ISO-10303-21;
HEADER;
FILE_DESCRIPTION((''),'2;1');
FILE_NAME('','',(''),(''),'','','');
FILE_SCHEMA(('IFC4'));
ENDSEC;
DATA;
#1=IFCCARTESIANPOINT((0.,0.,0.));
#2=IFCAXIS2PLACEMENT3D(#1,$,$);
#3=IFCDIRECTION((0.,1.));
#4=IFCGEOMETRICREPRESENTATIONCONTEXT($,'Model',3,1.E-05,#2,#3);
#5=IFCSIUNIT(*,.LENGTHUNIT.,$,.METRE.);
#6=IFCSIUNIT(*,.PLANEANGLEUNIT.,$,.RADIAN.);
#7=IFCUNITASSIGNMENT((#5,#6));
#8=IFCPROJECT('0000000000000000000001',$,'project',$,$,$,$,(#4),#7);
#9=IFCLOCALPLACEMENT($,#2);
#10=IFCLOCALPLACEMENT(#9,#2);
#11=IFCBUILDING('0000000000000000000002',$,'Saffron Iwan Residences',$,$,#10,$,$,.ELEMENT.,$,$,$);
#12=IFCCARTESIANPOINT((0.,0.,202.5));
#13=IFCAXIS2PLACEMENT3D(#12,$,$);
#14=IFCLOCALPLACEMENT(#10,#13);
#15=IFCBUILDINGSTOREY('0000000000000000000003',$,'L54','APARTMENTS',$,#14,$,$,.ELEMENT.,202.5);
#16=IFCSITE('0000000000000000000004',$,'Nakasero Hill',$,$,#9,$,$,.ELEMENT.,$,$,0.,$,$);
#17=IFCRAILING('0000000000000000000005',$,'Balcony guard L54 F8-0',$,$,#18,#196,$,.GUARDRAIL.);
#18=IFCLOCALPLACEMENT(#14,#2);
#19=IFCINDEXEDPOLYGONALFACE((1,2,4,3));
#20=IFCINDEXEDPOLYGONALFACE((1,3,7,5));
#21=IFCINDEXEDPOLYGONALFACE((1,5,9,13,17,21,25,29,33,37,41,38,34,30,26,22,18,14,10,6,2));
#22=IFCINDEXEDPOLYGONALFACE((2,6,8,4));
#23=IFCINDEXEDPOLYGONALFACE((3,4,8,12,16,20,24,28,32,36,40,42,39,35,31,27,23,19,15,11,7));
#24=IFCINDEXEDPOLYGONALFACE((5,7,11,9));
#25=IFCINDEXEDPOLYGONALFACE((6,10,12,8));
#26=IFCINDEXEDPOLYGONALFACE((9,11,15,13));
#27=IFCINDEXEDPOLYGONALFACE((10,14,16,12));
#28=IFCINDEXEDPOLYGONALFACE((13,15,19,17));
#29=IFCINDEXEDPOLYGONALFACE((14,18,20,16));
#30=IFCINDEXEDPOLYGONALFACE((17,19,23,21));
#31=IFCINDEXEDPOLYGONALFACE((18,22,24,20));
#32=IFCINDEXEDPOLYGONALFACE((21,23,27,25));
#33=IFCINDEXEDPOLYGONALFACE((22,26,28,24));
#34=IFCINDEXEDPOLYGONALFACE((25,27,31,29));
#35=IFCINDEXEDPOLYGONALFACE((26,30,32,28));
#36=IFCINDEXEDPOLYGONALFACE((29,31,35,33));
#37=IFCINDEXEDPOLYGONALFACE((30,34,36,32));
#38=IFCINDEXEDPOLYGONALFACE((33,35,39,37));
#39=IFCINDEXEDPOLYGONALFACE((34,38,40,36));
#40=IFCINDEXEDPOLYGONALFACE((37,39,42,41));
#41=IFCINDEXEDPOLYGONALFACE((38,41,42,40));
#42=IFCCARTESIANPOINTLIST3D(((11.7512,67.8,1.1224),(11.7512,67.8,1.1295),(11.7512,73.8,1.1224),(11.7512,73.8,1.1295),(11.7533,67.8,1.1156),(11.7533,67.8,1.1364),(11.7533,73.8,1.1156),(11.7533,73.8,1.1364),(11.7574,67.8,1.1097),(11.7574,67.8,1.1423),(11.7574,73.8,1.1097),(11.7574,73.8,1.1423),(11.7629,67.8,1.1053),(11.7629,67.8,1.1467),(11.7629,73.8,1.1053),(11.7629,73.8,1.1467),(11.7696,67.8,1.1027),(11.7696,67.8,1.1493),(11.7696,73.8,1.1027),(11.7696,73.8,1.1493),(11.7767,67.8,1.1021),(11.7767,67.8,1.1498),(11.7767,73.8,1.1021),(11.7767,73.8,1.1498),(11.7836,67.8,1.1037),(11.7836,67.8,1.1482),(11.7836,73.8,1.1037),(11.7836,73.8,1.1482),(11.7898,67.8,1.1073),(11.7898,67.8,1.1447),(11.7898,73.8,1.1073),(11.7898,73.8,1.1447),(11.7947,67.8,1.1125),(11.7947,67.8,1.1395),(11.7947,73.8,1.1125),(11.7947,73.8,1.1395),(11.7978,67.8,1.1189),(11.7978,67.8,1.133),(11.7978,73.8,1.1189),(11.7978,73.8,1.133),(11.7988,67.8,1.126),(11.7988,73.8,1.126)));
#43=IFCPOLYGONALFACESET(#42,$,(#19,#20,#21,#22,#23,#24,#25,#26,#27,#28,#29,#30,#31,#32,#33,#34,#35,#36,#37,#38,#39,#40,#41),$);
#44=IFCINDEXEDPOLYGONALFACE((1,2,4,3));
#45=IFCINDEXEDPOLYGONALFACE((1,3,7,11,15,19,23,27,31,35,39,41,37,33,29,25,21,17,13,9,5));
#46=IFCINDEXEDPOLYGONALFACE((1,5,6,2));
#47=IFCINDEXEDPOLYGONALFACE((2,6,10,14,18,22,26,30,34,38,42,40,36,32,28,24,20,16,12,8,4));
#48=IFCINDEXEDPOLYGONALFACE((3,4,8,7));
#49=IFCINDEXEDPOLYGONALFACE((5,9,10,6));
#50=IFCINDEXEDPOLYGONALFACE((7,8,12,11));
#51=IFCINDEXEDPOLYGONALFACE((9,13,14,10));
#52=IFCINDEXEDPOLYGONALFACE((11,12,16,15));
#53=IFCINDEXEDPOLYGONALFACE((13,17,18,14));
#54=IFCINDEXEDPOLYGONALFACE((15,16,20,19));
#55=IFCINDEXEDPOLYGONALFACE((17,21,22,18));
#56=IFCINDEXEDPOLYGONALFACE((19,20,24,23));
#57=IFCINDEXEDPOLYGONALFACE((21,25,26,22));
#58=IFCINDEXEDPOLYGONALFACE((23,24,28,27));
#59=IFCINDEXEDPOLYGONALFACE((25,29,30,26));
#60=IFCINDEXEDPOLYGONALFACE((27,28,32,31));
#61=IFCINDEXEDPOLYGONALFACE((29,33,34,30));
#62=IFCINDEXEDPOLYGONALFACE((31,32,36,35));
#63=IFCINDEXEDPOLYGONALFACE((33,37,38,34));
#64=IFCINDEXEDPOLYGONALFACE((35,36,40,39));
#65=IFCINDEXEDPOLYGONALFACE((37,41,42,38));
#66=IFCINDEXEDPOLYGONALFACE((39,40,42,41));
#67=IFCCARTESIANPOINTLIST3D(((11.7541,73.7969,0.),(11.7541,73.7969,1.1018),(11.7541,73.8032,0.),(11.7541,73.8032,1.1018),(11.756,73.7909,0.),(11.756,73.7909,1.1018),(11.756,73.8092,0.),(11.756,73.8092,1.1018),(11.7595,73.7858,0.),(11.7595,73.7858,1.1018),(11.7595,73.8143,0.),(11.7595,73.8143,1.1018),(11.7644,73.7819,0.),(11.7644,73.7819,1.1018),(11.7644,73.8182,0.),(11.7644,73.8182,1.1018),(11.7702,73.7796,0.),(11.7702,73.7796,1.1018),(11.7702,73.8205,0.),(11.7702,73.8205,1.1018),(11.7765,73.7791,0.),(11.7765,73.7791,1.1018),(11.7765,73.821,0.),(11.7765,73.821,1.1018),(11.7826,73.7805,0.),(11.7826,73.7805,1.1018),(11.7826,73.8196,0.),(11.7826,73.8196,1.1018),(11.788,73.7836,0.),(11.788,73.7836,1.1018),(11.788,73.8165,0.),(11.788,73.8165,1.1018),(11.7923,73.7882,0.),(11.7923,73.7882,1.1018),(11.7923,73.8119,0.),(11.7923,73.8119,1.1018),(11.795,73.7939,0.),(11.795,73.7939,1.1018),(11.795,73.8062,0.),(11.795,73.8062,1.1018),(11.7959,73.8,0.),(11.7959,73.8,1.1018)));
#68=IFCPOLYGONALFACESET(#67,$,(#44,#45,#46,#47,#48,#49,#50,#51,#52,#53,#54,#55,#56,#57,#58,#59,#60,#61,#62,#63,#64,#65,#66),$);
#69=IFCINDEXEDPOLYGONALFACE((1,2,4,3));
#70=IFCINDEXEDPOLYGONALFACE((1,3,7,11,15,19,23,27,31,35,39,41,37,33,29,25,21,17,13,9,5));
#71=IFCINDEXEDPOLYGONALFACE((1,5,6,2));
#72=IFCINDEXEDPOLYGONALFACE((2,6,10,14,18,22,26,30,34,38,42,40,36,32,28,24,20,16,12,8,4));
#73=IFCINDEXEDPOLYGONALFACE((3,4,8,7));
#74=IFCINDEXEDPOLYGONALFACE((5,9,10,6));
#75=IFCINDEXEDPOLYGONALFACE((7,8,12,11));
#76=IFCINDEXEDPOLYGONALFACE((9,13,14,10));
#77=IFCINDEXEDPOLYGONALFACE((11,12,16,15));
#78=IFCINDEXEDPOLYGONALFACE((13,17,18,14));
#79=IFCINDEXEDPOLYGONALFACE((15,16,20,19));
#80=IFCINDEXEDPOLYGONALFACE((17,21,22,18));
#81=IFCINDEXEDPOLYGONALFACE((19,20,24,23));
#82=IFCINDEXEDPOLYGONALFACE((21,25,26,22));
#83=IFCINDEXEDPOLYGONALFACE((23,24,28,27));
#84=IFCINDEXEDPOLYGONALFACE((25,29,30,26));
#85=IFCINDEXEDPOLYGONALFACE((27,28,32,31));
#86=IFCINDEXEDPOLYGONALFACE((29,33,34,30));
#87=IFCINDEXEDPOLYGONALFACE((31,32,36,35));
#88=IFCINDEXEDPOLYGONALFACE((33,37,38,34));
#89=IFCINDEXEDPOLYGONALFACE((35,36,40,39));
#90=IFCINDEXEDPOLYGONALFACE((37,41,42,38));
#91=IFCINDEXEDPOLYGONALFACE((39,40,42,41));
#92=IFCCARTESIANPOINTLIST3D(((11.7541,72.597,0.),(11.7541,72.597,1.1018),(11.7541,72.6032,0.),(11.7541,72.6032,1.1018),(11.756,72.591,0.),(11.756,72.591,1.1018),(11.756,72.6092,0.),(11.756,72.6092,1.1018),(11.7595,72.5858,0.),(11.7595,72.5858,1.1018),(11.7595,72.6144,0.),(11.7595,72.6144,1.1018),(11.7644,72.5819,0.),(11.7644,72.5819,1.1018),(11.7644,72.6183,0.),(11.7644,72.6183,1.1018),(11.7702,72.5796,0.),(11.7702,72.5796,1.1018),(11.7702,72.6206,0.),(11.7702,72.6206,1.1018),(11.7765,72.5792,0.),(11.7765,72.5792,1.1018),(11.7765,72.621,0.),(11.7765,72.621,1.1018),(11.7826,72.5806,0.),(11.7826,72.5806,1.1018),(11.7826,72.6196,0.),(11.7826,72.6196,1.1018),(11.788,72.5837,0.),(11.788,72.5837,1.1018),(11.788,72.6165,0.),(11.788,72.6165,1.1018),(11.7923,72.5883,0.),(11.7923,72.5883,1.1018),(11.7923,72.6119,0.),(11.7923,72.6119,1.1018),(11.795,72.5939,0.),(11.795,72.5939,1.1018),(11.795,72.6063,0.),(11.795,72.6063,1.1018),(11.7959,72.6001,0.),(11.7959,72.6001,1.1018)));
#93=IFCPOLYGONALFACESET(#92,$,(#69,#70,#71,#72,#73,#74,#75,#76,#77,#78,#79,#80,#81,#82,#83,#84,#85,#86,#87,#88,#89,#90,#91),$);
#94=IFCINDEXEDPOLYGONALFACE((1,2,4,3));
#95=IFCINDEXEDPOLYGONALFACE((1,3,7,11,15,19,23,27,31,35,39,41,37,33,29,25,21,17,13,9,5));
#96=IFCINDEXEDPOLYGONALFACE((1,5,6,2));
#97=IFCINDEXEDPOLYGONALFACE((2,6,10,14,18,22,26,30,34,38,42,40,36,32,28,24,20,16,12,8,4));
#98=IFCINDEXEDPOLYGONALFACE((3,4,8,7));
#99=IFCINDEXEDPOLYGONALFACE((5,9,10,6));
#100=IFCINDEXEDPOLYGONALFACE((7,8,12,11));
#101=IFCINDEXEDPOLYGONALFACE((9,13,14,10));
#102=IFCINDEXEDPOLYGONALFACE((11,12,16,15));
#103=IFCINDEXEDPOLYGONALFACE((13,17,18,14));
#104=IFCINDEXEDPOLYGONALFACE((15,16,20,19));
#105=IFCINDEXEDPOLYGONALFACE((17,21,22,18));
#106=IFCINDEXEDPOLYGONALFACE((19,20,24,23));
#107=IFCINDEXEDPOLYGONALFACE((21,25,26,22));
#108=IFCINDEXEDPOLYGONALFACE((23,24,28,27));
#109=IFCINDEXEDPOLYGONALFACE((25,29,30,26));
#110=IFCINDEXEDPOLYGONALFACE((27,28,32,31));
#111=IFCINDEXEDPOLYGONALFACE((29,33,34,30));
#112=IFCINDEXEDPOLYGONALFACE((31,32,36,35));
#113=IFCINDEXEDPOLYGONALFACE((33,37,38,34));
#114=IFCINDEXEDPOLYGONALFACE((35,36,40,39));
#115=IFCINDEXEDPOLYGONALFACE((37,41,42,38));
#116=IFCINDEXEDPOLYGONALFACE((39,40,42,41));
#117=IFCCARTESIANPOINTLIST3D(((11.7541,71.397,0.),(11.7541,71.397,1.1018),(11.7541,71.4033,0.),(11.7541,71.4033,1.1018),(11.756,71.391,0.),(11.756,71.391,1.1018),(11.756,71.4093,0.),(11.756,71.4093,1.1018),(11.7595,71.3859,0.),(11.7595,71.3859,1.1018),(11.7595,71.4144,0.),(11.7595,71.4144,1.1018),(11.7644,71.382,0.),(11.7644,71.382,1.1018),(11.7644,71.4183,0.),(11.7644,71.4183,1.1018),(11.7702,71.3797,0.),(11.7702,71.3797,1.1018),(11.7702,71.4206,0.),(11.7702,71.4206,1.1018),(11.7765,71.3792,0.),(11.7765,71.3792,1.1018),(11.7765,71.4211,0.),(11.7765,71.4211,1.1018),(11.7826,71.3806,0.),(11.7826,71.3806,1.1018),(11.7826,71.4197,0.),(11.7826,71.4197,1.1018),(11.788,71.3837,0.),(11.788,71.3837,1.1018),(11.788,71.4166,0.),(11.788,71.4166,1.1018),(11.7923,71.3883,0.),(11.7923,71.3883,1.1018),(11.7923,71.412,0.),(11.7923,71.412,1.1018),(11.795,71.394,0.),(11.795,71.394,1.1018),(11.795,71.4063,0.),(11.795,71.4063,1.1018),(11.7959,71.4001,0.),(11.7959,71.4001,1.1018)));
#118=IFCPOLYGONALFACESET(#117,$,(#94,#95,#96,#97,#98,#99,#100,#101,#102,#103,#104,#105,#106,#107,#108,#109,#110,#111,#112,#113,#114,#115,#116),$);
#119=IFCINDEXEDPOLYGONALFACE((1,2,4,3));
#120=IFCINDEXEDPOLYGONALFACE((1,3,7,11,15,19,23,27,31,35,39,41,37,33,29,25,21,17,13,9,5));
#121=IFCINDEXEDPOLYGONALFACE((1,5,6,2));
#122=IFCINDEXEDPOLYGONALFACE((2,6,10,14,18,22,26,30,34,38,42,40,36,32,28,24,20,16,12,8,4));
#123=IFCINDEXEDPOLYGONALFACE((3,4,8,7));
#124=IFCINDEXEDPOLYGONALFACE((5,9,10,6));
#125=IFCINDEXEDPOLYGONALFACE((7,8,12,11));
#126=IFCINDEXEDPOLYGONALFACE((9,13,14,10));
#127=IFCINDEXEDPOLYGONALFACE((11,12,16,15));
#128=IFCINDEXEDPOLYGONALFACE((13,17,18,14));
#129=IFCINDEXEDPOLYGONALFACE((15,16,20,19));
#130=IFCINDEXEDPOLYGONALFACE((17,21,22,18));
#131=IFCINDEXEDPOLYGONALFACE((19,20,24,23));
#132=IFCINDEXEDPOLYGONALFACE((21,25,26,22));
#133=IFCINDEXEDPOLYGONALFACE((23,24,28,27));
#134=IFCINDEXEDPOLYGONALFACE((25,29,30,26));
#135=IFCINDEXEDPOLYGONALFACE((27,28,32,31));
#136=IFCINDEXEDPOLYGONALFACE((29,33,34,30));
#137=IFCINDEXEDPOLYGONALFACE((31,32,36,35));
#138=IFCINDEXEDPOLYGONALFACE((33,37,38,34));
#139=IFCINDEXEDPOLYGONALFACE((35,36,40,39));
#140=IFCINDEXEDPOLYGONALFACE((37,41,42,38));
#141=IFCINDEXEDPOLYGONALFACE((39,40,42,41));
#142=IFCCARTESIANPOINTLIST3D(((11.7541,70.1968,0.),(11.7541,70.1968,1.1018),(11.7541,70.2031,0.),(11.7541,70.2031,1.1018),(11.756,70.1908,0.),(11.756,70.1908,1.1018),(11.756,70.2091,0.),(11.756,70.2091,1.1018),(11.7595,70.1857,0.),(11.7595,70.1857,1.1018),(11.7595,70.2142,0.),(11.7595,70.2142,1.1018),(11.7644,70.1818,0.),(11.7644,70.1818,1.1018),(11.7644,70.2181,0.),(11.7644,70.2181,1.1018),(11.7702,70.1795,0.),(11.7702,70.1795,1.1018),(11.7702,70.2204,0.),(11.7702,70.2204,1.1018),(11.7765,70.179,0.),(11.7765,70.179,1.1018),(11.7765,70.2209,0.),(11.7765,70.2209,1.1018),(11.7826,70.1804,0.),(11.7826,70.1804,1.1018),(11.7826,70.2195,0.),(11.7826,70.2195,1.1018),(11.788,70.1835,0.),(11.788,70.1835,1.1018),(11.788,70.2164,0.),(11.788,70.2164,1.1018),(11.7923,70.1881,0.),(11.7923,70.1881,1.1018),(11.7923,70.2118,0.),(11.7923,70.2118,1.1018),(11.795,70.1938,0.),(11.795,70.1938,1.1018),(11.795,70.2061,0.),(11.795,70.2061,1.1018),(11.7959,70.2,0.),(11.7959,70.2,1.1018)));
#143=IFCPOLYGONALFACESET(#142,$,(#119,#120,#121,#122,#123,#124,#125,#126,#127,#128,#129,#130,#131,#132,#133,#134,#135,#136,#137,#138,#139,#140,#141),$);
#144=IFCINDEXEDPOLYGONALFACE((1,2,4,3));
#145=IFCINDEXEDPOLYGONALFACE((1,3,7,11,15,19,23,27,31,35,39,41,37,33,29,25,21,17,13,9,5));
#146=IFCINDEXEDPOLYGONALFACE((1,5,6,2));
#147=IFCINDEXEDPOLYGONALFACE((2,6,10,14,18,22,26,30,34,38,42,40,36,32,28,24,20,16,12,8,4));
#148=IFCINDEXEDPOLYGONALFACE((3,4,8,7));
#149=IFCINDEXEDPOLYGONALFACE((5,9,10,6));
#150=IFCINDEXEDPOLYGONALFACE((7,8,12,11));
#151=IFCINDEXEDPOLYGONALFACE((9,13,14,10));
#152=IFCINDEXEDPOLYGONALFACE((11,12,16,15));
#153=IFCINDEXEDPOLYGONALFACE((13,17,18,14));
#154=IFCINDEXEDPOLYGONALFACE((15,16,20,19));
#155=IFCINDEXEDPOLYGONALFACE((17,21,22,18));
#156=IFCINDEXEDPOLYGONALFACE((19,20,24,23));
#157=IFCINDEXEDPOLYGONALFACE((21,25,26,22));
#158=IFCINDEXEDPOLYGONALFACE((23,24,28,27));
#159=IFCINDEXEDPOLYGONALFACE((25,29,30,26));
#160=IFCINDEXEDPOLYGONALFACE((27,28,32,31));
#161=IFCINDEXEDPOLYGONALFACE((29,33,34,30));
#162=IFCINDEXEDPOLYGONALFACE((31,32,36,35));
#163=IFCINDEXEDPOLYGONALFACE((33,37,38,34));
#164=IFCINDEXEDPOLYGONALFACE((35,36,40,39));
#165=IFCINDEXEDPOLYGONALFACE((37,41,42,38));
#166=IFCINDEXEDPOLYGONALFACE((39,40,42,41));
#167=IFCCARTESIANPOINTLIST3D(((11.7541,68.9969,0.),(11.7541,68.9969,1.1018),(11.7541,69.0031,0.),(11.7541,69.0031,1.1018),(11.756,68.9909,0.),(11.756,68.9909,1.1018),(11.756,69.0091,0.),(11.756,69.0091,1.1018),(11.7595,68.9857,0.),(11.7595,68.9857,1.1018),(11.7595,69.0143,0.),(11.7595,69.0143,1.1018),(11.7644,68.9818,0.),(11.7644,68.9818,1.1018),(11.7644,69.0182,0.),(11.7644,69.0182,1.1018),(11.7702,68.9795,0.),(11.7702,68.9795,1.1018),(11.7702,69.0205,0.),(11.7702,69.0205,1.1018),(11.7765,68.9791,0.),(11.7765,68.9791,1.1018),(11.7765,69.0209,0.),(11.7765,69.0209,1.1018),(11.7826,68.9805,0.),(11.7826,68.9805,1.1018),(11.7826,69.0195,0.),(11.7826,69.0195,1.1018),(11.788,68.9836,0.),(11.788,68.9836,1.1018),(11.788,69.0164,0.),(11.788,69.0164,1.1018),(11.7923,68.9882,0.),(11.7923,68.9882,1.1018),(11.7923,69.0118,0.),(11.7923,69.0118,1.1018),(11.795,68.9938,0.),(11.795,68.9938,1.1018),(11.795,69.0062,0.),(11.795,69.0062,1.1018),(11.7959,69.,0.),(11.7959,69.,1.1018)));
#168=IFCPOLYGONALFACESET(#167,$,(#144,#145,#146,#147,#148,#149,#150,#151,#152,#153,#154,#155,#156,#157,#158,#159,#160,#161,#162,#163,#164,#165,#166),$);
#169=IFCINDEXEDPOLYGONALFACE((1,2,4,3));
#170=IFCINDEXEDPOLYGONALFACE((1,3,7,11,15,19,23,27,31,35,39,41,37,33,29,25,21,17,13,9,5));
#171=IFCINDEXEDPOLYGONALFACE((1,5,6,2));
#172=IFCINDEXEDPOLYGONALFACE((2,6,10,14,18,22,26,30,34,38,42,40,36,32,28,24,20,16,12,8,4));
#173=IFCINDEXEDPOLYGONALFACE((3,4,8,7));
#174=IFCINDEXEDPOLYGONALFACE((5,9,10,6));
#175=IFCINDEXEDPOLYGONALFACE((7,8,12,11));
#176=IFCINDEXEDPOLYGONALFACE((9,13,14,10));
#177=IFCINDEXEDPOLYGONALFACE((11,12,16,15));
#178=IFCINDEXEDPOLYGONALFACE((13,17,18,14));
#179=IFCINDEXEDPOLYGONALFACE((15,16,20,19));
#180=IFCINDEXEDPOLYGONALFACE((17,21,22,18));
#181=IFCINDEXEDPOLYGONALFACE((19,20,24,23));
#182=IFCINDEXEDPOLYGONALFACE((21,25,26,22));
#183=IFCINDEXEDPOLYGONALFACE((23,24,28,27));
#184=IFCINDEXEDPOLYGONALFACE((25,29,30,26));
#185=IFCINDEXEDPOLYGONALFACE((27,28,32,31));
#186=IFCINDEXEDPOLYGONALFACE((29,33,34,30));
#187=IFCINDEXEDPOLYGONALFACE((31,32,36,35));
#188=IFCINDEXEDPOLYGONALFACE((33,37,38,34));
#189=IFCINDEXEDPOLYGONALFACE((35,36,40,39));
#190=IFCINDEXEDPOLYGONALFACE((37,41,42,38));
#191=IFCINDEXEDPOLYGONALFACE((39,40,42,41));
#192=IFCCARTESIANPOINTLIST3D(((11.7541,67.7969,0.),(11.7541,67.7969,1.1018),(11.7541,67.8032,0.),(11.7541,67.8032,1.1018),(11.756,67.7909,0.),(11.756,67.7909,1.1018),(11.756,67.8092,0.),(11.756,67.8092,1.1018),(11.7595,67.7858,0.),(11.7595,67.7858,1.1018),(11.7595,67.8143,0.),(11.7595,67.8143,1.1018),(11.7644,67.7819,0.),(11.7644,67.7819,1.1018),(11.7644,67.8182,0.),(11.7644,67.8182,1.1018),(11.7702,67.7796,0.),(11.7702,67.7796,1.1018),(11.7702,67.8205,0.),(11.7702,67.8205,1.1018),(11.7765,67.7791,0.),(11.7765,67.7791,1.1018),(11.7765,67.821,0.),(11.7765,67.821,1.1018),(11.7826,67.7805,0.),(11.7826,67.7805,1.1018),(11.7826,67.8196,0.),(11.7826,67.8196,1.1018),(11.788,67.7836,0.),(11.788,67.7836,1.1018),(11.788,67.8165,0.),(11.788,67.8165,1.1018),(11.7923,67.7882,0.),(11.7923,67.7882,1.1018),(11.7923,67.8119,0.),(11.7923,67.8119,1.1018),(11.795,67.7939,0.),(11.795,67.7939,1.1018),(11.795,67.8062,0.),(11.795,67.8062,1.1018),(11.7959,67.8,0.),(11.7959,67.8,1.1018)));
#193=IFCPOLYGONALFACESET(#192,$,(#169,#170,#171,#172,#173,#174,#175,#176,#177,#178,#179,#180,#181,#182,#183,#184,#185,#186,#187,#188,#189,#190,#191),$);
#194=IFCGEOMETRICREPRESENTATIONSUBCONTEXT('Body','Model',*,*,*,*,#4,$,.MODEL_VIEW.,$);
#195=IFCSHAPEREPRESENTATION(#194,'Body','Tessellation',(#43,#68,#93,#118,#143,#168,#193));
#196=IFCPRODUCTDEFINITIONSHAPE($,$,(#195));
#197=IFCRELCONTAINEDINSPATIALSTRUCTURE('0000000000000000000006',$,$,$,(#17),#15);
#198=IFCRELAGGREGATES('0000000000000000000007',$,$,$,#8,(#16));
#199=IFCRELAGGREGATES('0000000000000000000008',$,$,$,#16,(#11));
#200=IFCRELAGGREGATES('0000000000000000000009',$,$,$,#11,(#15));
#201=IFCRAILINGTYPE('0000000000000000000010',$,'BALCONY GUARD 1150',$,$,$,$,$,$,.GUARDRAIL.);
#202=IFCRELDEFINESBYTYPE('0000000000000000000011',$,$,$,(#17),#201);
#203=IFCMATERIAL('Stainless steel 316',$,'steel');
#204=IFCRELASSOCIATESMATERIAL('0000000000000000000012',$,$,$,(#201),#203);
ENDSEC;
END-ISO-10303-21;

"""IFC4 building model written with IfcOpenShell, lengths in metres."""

from ifc_helpers import new_model, si_unit, direction, frame, origin, origin_2d, place, context, subcontext, project, spatial, circle, extrude, material, type_object, element, save


model = new_model("IFC4")

# Units and contexts
model_context = context("Model", 3, precision=1e-05, world=origin(), true_north=direction((0.0, 1.0)))
body_context = subcontext(model_context, "Body", "Model", "MODEL_VIEW")
ifc_project = project(units=[si_unit("LENGTHUNIT", "METRE"), si_unit("PLANEANGLEUNIT", "RADIAN")], contexts=[model_context])

# Site, building, storey
site_placement = place(None, origin())
site = spatial("IfcSite", under=ifc_project, at=site_placement, Name="Nakasero Hill", CompositionType="ELEMENT", RefElevation=0.0)
building_placement = place(site_placement, origin())
building = spatial("IfcBuilding", under=site, at=building_placement, Name="Saffron Iwan Residences", CompositionType="ELEMENT")
storey_placement = place(building_placement, frame((0.0, 0.0, 202.5)))
storey = spatial("IfcBuildingStorey", under=building, at=storey_placement, Name="L54", Description="APARTMENTS", CompositionType="ELEMENT", Elevation=202.5)

# Railing
ifc_material_1 = material(Name="Stainless steel 316", Category="steel")
railing_type = type_object("IfcRailingType", Name="BALCONY GUARD 1150", PredefinedType="GUARDRAIL", material=ifc_material_1)
railing_placement = place(storey_placement, frame((11.7749, 73.8, 0.0)))
element("IfcRailing", 1, at=railing_placement, inside=storey, type_object=railing_type, Name="Balcony guard L54 F8-0", PredefinedType="GUARDRAIL", context=body_context, shape_type="SweptSolid", body=[
    extrude(circle(Radius=0.0239, at=origin_2d()), frame((0.0, 0.0, 1.126), z_axis=(0.0, -1.0, 0.0), x_axis=(1.0, 0.0, 0.0)), (0.0, 0.0, 1.0), 6.0),
    extrude(circle(Radius=0.021, at=origin_2d()), origin(), (0.0, 0.0, 1.0), 1.1018),
    extrude(circle(Radius=0.021, at=origin_2d()), frame((0.0, -1.2, 0.0)), (0.0, 0.0, 1.0), 1.1018),
    extrude(circle(Radius=0.021, at=origin_2d()), frame((0.0, -2.3999, 0.0)), (0.0, 0.0, 1.0), 1.1018),
    extrude(circle(Radius=0.021, at=origin_2d()), frame((0.0, -3.6001, 0.0)), (0.0, 0.0, 1.0), 1.1018),
    extrude(circle(Radius=0.021, at=origin_2d()), frame((0.0, -4.8, 0.0)), (0.0, 0.0, 1.0), 1.1018),
    extrude(circle(Radius=0.021, at=origin_2d()), frame((0.0, -6.0, 0.0)), (0.0, 0.0, 1.0), 1.1018),
])

save(model, "model.ifc")
